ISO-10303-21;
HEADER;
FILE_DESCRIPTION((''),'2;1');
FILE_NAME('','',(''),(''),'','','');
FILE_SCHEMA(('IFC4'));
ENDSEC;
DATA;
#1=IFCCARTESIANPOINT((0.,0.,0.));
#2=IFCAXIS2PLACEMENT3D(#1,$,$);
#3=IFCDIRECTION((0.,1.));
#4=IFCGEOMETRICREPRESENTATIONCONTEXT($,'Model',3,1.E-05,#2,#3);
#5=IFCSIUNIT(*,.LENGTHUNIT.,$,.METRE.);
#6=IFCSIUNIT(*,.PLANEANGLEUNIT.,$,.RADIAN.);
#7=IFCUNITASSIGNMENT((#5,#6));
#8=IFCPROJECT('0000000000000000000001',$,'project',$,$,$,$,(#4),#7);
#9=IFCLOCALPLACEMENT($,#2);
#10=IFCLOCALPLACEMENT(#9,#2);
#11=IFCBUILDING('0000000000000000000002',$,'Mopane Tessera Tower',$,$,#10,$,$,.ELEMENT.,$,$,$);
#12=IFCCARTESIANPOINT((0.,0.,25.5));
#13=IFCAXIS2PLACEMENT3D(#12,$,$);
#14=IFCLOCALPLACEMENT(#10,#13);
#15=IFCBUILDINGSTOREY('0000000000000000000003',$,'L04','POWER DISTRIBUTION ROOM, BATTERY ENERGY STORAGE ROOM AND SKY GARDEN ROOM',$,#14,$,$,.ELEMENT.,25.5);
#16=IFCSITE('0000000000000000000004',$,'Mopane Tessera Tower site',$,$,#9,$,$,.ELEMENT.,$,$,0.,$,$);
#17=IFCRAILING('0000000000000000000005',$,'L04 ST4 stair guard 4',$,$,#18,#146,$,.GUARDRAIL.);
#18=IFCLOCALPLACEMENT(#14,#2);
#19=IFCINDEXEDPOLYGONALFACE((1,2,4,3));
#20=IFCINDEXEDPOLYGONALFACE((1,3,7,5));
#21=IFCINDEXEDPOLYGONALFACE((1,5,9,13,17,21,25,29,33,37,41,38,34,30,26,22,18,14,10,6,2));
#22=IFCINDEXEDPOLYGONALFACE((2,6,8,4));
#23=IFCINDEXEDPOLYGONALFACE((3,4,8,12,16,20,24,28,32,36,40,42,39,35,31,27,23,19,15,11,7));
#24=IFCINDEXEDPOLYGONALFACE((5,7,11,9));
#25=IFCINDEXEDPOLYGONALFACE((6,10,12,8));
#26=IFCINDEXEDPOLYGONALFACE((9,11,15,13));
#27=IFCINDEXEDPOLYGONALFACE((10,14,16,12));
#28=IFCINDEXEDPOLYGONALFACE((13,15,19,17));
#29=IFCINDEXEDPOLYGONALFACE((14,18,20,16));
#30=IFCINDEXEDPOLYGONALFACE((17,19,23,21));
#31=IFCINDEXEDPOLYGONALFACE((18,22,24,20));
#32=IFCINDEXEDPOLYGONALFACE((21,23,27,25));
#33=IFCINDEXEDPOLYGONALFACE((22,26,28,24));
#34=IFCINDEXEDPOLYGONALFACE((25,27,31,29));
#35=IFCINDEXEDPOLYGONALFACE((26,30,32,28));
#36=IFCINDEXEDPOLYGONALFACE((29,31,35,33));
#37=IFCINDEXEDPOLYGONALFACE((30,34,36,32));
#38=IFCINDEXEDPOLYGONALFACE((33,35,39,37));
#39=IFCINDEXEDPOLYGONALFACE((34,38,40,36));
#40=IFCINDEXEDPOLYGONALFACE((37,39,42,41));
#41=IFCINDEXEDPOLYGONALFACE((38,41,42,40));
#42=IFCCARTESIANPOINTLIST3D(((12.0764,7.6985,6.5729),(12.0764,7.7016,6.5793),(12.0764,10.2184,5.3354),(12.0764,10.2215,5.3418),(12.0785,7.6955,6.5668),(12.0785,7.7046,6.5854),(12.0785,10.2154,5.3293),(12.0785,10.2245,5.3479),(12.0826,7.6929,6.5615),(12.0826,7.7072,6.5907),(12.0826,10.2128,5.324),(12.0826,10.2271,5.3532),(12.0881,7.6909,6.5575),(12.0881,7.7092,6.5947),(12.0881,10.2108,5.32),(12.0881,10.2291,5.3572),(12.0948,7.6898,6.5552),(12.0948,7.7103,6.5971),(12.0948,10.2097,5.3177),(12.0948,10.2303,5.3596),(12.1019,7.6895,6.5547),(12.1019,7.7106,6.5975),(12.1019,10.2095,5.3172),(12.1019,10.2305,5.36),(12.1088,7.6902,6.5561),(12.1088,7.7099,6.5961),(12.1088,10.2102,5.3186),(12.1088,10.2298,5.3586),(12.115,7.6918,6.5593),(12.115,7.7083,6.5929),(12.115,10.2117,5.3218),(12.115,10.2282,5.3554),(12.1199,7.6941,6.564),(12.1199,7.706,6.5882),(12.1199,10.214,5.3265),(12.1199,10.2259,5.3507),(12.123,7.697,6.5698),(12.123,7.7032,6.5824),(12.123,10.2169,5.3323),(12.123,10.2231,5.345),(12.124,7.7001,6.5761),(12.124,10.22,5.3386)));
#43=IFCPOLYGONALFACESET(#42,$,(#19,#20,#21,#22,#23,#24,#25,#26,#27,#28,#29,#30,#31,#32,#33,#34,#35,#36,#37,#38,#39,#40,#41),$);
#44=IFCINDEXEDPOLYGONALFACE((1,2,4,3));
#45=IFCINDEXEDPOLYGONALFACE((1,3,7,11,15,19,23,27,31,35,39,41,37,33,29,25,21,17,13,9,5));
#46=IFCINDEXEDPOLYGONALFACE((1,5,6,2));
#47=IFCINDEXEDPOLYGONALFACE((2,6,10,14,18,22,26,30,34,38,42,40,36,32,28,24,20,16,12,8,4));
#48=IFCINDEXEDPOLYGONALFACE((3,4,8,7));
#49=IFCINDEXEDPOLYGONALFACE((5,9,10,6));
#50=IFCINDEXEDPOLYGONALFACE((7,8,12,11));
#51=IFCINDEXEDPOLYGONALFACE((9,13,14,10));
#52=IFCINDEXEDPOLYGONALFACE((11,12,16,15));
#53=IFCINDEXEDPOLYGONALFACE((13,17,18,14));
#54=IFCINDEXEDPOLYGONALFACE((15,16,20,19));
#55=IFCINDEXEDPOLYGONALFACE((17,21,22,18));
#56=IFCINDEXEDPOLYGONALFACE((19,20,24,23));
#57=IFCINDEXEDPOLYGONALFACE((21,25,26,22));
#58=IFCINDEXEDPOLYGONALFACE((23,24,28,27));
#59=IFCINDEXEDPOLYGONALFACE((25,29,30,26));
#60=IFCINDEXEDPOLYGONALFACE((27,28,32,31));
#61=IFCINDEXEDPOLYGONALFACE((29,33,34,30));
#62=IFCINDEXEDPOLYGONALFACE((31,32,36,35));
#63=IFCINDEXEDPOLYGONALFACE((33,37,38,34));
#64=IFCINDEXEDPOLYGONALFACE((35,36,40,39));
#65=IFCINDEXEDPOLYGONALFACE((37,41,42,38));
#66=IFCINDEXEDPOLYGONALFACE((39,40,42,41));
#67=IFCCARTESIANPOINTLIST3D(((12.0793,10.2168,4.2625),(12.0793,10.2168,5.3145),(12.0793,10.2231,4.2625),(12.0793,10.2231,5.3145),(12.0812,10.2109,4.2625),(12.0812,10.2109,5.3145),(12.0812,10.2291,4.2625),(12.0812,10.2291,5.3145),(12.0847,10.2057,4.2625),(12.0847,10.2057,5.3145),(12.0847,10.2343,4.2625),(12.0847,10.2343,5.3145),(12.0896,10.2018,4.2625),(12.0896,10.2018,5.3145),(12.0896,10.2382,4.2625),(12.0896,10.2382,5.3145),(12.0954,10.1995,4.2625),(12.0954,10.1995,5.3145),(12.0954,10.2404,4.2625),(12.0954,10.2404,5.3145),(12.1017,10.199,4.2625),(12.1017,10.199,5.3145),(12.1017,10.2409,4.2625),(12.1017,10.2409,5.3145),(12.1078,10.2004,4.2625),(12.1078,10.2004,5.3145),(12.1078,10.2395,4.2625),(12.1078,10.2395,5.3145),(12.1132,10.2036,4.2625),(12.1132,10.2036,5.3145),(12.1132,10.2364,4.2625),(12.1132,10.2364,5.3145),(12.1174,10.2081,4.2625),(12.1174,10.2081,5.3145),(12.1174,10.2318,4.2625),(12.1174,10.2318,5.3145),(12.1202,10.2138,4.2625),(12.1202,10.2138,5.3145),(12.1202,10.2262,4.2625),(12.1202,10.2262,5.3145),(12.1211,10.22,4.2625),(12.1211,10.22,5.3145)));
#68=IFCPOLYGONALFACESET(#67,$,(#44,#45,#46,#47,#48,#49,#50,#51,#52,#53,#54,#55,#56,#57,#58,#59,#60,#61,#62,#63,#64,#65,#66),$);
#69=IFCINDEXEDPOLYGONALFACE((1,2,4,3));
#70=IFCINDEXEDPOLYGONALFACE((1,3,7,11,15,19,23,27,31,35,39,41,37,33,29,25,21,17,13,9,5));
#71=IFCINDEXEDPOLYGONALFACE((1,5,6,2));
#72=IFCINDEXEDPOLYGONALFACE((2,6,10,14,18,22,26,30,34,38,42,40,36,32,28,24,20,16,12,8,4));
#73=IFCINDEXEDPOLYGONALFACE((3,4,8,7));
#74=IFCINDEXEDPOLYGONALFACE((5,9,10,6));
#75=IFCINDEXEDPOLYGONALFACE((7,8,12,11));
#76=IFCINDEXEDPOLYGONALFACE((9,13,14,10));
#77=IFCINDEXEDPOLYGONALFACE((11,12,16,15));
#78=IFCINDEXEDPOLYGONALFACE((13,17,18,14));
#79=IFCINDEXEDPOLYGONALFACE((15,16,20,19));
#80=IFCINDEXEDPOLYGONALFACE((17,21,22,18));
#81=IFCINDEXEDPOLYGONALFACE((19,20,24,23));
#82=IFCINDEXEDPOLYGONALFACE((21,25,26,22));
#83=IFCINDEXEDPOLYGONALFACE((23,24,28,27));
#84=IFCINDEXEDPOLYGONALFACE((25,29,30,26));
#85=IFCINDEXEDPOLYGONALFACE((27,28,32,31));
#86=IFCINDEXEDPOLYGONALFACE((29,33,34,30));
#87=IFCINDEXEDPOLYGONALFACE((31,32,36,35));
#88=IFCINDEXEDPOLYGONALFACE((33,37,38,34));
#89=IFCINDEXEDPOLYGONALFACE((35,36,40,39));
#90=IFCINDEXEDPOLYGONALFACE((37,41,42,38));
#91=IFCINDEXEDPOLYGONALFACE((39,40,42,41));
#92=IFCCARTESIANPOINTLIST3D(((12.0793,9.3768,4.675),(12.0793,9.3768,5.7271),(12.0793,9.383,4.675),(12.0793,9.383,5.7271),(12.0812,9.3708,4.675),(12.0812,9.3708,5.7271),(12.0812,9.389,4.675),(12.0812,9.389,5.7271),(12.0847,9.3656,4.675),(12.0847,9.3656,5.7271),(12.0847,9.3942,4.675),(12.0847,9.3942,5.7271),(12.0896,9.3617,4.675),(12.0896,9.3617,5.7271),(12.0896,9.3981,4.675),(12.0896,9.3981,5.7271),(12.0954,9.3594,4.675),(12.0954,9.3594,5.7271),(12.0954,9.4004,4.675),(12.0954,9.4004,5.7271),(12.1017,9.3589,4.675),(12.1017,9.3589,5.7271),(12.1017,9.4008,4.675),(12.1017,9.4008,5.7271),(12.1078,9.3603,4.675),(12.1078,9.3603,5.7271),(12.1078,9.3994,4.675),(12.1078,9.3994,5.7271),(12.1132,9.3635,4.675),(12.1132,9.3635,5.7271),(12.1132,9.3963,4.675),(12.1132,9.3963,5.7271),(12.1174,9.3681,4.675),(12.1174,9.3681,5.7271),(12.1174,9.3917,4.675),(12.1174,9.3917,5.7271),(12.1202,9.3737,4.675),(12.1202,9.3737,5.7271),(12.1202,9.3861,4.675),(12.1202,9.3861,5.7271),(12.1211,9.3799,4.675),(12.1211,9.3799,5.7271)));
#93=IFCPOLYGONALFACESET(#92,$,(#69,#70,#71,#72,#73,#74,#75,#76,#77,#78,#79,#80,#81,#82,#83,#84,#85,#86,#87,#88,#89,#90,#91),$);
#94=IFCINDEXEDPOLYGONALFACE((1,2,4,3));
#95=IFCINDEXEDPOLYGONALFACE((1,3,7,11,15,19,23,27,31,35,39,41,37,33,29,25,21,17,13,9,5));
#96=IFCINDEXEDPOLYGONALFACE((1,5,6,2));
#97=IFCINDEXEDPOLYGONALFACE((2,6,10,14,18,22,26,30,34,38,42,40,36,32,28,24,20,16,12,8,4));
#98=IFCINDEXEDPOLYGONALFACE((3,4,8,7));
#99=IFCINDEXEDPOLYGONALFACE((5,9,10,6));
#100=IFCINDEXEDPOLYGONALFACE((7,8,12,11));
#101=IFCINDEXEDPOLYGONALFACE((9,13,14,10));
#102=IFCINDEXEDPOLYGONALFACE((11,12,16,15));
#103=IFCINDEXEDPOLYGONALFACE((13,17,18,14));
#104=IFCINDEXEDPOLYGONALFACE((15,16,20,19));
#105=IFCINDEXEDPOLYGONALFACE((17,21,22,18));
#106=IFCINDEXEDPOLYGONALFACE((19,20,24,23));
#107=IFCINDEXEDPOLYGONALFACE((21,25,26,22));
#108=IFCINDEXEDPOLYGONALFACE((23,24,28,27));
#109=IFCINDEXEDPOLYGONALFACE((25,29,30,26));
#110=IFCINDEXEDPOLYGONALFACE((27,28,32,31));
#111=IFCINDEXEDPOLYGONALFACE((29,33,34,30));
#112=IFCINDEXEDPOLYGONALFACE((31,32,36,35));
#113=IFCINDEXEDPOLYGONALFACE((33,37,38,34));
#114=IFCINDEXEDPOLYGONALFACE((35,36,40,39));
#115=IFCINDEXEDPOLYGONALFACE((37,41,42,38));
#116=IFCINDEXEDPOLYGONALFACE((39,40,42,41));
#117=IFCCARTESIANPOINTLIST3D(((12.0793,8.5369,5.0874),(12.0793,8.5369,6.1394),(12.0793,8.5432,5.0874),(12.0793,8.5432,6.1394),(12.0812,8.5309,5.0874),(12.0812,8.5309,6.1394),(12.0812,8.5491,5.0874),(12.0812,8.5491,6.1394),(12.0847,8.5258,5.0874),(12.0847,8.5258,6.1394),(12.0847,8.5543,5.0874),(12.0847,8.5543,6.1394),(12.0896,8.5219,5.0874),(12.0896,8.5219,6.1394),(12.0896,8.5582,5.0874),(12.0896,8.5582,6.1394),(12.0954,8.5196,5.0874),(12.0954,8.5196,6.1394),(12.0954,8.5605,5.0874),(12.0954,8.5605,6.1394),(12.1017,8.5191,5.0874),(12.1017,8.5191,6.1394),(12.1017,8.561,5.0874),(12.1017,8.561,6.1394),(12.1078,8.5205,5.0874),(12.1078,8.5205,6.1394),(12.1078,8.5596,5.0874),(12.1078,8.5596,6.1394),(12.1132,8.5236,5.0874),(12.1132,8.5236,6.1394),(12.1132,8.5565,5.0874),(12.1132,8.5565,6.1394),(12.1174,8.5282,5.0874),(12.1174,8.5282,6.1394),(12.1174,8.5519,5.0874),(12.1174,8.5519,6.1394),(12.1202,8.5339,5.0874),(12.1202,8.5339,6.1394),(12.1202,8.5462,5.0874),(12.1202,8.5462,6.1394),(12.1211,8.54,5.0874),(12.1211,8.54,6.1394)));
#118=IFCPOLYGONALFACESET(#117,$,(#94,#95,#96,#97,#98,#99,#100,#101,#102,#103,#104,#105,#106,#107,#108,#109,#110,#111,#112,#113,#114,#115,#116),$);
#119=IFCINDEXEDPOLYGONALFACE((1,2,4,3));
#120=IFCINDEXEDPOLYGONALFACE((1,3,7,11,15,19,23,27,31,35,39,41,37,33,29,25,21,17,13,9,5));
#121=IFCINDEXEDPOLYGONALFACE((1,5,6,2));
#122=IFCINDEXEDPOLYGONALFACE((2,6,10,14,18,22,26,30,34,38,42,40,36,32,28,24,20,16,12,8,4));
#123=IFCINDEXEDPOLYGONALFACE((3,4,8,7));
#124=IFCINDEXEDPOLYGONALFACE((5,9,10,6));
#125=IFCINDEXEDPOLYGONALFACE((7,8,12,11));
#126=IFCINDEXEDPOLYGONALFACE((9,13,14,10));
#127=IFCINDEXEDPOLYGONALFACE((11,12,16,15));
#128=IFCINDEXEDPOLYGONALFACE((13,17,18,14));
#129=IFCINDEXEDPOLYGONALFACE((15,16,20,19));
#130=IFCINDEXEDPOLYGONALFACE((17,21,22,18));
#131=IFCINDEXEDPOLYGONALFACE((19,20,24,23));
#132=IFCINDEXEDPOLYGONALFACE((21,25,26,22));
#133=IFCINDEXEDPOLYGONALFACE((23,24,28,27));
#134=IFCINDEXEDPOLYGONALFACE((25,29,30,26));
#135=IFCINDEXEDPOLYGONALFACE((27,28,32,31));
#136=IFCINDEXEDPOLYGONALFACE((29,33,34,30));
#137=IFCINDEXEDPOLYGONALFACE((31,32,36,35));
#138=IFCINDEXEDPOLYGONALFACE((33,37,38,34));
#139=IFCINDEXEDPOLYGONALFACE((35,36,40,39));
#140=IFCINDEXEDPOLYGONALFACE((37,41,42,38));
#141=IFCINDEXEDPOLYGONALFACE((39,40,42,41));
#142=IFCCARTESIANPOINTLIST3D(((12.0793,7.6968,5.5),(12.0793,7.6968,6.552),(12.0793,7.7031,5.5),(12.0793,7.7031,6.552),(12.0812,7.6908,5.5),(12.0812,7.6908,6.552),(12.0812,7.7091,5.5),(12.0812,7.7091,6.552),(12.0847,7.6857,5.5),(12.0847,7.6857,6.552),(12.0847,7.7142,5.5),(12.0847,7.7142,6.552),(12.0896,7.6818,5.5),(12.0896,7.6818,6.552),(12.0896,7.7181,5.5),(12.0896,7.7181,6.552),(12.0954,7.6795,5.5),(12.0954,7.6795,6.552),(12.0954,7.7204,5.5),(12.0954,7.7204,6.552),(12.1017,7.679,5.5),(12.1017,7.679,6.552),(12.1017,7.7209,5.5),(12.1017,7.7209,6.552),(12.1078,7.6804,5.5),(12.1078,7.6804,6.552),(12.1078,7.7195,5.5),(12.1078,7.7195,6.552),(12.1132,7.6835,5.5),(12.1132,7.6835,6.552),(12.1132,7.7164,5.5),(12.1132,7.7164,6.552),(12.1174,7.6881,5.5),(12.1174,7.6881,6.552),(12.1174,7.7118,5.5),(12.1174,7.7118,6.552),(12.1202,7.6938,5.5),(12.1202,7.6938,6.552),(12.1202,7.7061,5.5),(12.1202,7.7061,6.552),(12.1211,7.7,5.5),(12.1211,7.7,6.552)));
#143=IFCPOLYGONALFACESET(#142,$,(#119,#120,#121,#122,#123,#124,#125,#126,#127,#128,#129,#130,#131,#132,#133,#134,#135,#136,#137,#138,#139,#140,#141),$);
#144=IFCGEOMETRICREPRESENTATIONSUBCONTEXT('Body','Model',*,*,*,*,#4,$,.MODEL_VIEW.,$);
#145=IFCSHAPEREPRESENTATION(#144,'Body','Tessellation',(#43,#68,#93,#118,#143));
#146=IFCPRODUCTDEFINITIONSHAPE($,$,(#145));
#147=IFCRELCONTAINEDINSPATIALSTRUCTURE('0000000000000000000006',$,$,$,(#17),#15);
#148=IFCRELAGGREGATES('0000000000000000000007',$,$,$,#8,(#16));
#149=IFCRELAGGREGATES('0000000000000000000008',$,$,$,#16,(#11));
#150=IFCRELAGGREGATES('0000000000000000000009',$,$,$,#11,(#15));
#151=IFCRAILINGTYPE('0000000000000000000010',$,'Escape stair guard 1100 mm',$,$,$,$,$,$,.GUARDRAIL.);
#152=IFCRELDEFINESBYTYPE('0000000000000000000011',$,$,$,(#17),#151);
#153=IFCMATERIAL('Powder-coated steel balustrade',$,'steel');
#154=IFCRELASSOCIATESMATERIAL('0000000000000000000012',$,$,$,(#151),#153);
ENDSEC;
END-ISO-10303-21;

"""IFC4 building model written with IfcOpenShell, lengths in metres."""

from ifc_helpers import new_model, si_unit, direction, frame, origin, origin_2d, place, context, subcontext, project, spatial, circle, extrude, material, type_object, element, save


model = new_model("IFC4")

# Units and contexts
model_context = context("Model", 3, precision=1e-05, world=origin(), true_north=direction((0.0, 1.0)))
body_context = subcontext(model_context, "Body", "Model", "MODEL_VIEW")
ifc_project = project(units=[si_unit("LENGTHUNIT", "METRE"), si_unit("PLANEANGLEUNIT", "RADIAN")], contexts=[model_context])

# Site, building, storey
site_placement = place(None, origin())
site = spatial("IfcSite", under=ifc_project, at=site_placement, Name="Mopane Tessera Tower site", CompositionType="ELEMENT", RefElevation=0.0)
building_placement = place(site_placement, origin())
building = spatial("IfcBuilding", under=site, at=building_placement, Name="Mopane Tessera Tower", CompositionType="ELEMENT")
storey_placement = place(building_placement, frame((0.0, 0.0, 25.5)))
storey = spatial("IfcBuildingStorey", under=building, at=storey_placement, Name="L04", Description="POWER DISTRIBUTION ROOM, BATTERY ENERGY STORAGE ROOM AND SKY GARDEN ROOM", CompositionType="ELEMENT", Elevation=25.5)

# Railing
ifc_material_1 = material(Name="Powder-coated steel balustrade", Category="steel")
railing_type_1 = type_object("IfcRailingType", Name="Escape stair guard 1100 mm", PredefinedType="GUARDRAIL", material=ifc_material_1)
railing_1_placement = place(storey_placement, frame((12.1001, 10.22, 4.2625)))
element("IfcRailing", 1, at=railing_1_placement, inside=storey, type_object=railing_type_1, Name="L04 ST4 stair guard 4", PredefinedType="GUARDRAIL", context=body_context, shape_type="SweptSolid", body=[
    extrude(circle(Radius=0.0239, at=origin_2d()), frame((0.0, 0.0, 1.0762), z_axis=(0.0, -0.897604, 0.440802), x_axis=(1.0, 0.0, 0.0)), (0.0, 0.0, 1.0), 2.8074),
    extrude(circle(Radius=0.021, at=origin_2d()), origin(), (0.0, 0.0, 1.0), 1.052),
    extrude(circle(Radius=0.021, at=origin_2d()), frame((0.0, -0.8401, 0.4126)), (0.0, 0.0, 1.0), 1.052),
    extrude(circle(Radius=0.021, at=origin_2d()), frame((0.0, -1.6799, 0.825)), (0.0, 0.0, 1.0), 1.052),
    extrude(circle(Radius=0.021, at=origin_2d()), frame((0.0, -2.52, 1.2375)), (0.0, 0.0, 1.0), 1.052),
])

save(model, "model.ifc")
